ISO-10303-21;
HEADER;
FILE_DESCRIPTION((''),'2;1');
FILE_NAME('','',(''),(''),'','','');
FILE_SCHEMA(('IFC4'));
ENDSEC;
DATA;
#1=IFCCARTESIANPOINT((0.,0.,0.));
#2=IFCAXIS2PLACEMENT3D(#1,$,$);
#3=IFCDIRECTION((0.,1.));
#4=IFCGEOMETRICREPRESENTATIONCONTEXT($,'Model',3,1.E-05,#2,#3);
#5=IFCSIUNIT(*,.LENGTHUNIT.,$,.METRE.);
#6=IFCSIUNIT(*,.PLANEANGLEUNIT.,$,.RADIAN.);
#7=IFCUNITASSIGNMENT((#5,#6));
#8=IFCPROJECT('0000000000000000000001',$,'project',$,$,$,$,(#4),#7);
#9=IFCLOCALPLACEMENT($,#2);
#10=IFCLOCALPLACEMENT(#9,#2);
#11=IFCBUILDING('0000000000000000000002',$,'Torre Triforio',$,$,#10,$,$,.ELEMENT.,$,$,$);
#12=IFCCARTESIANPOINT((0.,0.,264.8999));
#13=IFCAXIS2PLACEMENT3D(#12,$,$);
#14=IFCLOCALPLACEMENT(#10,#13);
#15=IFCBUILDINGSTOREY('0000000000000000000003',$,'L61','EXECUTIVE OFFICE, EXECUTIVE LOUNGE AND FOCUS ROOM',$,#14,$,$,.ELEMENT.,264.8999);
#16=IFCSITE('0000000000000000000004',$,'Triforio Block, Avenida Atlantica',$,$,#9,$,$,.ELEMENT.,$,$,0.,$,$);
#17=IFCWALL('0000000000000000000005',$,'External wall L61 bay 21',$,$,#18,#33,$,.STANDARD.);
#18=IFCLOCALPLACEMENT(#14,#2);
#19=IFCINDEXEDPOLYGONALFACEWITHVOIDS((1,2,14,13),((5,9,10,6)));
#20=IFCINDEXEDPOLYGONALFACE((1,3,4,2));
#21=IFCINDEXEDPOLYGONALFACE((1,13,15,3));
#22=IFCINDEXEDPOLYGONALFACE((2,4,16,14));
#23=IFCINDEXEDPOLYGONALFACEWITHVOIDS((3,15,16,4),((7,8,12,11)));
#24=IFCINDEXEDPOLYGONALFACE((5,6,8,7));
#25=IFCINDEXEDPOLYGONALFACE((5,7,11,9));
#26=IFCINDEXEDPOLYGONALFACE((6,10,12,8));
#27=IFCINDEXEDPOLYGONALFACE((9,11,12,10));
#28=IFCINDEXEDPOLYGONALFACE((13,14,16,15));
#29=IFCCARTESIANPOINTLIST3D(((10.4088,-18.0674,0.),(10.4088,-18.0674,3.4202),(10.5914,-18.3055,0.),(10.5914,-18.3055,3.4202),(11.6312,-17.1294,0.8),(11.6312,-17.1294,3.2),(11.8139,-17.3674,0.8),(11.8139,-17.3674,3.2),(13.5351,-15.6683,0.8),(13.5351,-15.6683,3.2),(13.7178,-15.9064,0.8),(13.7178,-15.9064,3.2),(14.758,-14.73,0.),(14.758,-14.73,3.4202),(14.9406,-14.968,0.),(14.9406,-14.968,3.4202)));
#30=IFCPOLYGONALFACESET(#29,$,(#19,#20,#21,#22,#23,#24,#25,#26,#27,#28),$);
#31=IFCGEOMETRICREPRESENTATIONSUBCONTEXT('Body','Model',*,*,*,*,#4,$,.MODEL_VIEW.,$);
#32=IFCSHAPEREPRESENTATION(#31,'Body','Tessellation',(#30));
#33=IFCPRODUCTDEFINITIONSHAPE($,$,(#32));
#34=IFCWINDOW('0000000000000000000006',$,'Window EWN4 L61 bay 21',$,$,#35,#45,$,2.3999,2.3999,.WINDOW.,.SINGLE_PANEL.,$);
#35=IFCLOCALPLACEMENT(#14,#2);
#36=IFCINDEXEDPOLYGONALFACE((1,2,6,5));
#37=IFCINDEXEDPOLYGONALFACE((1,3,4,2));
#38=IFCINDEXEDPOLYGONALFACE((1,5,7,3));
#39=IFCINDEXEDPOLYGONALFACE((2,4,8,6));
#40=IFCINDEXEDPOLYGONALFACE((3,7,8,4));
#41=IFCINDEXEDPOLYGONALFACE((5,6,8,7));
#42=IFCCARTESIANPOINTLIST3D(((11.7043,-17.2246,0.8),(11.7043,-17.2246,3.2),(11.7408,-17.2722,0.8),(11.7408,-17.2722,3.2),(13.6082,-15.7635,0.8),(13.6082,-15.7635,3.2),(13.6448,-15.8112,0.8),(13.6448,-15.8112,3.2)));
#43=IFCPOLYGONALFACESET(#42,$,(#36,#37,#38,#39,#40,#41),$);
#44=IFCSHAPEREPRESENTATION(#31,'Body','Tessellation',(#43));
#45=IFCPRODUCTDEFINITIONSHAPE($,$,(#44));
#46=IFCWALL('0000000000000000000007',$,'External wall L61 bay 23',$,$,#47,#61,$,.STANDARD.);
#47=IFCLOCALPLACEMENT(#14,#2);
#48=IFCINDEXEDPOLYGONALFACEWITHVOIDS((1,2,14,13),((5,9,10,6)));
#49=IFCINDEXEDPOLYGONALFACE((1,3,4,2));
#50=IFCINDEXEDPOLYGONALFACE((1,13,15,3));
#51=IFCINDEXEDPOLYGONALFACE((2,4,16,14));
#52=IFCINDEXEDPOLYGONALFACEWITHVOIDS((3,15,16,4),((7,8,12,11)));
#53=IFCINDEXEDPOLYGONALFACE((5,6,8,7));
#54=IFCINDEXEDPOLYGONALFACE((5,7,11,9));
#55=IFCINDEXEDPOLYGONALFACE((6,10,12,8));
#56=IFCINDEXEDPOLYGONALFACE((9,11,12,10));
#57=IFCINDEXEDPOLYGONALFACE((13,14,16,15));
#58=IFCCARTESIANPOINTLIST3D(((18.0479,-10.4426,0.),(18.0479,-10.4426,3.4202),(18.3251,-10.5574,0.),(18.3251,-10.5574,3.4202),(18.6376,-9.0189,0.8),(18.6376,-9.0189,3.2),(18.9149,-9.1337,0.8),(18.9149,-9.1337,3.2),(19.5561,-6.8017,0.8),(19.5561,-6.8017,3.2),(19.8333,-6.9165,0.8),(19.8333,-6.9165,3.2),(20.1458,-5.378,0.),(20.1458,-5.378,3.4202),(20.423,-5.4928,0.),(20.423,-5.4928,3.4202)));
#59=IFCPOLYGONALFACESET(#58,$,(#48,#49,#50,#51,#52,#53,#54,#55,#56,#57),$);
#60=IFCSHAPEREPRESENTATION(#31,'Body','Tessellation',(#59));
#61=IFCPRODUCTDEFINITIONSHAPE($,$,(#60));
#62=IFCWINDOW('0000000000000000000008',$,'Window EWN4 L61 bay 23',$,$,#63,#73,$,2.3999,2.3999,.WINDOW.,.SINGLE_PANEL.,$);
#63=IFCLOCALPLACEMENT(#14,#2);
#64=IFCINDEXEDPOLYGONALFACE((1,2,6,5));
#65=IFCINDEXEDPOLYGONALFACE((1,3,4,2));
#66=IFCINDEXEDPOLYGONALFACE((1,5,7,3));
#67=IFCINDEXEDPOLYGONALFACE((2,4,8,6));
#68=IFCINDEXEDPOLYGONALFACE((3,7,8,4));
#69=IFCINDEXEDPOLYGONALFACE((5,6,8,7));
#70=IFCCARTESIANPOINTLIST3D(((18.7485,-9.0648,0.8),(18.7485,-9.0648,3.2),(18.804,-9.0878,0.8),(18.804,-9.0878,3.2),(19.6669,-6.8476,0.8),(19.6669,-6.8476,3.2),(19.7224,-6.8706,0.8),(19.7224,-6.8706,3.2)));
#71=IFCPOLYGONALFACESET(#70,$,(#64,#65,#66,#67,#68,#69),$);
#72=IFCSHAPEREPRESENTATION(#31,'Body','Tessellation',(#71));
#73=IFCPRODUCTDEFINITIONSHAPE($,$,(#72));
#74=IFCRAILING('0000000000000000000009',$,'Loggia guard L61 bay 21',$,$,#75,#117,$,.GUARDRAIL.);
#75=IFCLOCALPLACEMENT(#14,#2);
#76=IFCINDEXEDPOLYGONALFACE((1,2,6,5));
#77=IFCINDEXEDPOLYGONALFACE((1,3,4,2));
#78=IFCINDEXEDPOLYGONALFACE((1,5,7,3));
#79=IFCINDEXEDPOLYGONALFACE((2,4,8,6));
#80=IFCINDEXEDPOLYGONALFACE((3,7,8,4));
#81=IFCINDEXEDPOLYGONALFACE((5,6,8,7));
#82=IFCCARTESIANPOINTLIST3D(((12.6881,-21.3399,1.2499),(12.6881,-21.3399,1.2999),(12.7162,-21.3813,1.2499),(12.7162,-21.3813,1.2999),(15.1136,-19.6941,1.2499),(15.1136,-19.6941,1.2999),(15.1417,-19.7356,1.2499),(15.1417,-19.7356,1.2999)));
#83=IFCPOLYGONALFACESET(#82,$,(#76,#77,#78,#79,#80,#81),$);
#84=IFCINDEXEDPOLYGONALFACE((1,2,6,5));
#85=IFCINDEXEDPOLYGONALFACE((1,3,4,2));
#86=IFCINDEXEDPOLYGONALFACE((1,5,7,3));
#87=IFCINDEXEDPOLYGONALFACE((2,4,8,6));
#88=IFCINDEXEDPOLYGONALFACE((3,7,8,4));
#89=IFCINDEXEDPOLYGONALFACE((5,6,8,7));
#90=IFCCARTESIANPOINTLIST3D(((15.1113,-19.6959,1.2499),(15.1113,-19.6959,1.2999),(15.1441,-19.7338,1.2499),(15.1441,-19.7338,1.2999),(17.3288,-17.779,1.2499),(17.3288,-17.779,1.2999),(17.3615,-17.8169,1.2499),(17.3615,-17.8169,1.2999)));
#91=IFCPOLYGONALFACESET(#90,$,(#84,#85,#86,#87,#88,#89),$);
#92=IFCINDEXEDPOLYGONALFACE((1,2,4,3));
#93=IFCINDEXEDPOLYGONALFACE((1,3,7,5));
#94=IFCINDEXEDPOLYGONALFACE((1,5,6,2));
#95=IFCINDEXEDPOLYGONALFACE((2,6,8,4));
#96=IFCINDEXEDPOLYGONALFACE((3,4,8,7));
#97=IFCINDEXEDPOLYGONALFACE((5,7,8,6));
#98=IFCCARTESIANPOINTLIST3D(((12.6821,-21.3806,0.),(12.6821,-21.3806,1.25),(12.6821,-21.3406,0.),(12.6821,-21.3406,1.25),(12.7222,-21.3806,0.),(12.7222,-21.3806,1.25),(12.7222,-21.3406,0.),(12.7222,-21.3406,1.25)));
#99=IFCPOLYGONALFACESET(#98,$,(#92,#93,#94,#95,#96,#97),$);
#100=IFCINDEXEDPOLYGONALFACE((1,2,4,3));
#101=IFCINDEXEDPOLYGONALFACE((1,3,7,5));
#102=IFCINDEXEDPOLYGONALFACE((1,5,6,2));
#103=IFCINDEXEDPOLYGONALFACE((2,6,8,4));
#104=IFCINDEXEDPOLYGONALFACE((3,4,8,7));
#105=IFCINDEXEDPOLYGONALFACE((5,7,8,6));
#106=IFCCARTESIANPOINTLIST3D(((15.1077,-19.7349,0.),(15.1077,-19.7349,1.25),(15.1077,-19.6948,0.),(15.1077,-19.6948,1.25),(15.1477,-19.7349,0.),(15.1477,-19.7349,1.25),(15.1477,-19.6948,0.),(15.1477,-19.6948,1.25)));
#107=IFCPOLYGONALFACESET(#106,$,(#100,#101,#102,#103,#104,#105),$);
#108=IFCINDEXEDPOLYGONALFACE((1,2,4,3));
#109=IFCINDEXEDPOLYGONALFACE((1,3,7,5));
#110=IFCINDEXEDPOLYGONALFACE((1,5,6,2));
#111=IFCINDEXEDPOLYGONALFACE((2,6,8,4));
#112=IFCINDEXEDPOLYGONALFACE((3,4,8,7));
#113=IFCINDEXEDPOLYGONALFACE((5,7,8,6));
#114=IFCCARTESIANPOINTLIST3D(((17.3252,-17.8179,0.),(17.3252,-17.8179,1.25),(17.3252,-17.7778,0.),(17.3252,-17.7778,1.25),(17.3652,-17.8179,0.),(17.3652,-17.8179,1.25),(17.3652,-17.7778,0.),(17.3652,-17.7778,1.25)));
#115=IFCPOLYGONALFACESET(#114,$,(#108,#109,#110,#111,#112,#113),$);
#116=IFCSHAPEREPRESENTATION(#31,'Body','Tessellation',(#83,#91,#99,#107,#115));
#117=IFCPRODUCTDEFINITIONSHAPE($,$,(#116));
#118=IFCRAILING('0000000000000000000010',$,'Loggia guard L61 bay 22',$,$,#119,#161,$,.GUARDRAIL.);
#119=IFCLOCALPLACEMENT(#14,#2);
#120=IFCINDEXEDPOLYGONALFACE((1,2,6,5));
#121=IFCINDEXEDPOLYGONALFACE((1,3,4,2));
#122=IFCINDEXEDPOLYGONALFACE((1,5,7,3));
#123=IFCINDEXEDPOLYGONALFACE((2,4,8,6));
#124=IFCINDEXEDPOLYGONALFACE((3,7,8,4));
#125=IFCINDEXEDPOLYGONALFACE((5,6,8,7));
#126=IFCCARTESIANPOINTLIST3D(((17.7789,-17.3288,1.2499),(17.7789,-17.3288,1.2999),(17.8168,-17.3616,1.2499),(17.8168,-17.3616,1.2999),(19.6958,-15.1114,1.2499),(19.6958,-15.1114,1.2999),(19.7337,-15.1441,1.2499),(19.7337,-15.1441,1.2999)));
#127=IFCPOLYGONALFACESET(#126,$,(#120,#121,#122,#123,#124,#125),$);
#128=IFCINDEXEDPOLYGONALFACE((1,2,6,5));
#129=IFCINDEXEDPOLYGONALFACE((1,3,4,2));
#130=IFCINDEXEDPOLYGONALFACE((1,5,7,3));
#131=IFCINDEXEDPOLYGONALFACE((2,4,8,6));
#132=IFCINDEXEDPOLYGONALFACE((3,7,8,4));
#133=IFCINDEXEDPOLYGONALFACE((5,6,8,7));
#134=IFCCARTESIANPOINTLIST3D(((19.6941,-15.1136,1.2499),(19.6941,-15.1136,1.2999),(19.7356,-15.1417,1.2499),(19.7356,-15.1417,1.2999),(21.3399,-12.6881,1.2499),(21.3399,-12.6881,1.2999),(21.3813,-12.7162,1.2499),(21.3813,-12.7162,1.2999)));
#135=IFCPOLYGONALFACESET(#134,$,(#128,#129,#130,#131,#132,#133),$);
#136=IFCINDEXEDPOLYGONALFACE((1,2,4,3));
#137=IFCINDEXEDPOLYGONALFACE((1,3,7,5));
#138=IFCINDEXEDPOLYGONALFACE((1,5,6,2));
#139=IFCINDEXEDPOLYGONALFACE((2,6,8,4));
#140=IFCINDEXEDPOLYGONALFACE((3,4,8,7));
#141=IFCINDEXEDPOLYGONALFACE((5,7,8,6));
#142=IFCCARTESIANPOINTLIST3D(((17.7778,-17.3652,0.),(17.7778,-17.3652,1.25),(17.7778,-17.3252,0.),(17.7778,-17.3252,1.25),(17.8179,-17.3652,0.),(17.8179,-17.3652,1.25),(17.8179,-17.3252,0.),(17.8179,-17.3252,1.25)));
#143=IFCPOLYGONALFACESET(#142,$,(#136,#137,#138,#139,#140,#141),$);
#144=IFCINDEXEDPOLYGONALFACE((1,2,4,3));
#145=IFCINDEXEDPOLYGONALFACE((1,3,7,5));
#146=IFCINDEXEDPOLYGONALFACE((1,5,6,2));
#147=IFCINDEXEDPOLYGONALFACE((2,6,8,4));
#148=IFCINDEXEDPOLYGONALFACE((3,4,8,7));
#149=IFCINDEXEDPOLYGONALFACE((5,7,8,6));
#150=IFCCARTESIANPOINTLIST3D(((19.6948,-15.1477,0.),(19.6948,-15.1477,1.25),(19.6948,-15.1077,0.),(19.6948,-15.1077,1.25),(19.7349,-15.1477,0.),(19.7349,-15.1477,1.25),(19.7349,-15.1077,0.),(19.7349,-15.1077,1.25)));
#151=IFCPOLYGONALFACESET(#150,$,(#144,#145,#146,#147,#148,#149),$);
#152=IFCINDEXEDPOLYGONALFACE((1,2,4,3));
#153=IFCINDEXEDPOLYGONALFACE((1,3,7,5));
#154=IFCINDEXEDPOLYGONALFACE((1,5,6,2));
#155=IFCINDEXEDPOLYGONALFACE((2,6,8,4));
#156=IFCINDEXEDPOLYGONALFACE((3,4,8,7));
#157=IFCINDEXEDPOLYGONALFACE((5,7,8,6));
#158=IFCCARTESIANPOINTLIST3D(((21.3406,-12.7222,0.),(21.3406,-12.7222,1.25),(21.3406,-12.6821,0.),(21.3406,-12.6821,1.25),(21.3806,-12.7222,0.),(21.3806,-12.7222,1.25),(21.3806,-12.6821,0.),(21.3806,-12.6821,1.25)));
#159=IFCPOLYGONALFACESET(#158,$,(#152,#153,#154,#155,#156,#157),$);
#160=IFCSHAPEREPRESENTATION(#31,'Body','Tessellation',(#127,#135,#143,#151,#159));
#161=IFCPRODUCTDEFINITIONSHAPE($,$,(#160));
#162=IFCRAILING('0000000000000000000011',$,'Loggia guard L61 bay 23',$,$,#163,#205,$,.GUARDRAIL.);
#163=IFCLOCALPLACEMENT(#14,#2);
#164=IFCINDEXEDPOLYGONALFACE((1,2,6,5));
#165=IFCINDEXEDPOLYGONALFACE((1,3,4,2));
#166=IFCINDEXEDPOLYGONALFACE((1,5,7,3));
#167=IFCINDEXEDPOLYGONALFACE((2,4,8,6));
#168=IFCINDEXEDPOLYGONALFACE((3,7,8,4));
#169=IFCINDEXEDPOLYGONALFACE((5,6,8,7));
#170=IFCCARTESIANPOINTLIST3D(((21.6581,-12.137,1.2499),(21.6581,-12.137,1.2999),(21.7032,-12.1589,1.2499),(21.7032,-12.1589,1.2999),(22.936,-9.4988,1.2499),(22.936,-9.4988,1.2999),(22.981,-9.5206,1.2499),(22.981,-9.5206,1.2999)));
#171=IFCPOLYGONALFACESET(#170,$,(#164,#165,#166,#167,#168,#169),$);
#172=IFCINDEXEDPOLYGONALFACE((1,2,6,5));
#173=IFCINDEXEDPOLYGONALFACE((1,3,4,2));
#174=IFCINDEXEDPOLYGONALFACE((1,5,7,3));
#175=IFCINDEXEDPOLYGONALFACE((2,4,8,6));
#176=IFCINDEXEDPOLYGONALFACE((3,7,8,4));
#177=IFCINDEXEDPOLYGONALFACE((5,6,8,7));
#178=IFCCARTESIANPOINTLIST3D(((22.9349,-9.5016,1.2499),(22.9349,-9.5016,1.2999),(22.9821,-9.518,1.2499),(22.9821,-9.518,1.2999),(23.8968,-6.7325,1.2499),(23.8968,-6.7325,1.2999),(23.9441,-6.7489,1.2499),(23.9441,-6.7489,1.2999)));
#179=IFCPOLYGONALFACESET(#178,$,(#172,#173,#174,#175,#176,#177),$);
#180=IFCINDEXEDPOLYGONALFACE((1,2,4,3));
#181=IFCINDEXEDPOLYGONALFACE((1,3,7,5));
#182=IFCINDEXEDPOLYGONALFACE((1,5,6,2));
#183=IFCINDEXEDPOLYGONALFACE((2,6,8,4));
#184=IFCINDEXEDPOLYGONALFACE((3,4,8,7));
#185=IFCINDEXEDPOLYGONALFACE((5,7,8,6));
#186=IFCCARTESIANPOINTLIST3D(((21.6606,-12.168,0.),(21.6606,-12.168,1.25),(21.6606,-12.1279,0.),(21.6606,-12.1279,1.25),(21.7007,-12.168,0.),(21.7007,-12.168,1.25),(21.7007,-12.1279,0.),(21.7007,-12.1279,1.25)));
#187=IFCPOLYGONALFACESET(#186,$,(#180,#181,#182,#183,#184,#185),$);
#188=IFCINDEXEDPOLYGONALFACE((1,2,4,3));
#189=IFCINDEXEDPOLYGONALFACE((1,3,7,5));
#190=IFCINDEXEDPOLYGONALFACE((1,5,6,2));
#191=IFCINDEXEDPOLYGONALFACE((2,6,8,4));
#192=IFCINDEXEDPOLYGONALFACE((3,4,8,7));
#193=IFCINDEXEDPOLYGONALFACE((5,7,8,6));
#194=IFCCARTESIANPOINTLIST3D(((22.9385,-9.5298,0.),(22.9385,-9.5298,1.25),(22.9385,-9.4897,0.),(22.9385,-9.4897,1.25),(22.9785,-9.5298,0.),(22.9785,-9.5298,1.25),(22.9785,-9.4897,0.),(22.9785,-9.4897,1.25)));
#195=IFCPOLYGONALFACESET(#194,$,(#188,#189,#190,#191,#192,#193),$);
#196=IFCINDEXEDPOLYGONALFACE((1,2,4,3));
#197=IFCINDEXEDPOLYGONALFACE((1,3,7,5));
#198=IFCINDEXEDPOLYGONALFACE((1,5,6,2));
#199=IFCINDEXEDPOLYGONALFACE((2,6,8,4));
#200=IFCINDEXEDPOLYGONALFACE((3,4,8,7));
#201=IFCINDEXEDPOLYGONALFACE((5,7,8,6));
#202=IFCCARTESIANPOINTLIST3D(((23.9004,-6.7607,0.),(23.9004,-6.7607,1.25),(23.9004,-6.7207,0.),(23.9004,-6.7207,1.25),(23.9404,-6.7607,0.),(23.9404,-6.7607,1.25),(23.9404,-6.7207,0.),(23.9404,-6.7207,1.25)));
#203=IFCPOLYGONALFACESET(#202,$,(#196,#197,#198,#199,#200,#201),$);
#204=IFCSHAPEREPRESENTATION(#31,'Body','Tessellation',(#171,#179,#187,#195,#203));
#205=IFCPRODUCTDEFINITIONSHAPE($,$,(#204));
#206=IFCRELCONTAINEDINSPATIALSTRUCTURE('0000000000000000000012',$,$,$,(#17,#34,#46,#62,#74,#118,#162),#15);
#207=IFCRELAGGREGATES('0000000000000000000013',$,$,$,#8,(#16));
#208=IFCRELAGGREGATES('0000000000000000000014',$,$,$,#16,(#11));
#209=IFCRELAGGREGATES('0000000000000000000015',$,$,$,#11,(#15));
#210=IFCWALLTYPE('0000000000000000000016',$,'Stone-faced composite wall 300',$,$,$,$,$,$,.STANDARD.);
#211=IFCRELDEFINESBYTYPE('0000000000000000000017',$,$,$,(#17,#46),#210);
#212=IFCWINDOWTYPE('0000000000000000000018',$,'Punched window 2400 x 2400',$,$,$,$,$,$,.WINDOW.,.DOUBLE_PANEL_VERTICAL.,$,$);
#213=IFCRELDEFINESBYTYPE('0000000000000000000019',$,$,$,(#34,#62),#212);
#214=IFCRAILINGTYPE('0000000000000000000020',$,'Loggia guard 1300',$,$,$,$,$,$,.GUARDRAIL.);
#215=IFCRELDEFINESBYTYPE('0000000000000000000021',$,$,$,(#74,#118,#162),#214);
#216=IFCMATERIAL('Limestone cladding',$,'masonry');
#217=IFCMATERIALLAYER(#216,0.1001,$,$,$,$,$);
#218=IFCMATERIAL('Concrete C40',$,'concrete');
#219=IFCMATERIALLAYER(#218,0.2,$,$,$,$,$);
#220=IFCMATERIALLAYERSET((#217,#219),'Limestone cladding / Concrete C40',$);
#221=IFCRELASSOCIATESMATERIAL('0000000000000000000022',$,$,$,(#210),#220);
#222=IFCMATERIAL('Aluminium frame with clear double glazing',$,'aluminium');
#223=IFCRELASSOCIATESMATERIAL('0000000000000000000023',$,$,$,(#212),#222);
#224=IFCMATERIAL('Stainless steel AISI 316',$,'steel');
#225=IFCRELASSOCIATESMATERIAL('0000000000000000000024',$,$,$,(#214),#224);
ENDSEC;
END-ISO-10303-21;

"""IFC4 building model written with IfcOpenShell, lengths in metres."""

from ifc_helpers import new_model, si_unit, direction, frame, frame_2d, origin, origin_2d, place, context, subcontext, project, spatial, rectangle, extrude, material, layer, layer_set, type_object, element, fill, save


model = new_model("IFC4")

# Units and contexts
model_context = context("Model", 3, precision=1e-05, world=origin(), true_north=direction((0.0, 1.0)))
body_context = subcontext(model_context, "Body", "Model", "MODEL_VIEW")
ifc_project = project(units=[si_unit("LENGTHUNIT", "METRE"), si_unit("PLANEANGLEUNIT", "RADIAN")], contexts=[model_context])

# Site, building, storey
site_placement = place(None, origin())
site = spatial("IfcSite", under=ifc_project, at=site_placement, Name="Triforio Block, Avenida Atlantica", CompositionType="ELEMENT", RefElevation=0.0)
building_placement = place(site_placement, origin())
building = spatial("IfcBuilding", under=site, at=building_placement, Name="Torre Triforio", CompositionType="ELEMENT")
storey_placement = place(building_placement, frame((0.0, 0.0, 264.8999)))
storey = spatial("IfcBuildingStorey", under=building, at=storey_placement, Name="L61", Description="EXECUTIVE OFFICE, EXECUTIVE LOUNGE AND FOCUS ROOM", CompositionType="ELEMENT", Elevation=264.8999)

# Shared definitions
ifc_material_1 = material(Name="Concrete C40", Category="concrete")

# Shared definitions
ifc_material_2 = material(Name="Limestone cladding", Category="masonry")

# Wall, opening, window
ifc_layer_1 = layer(ifc_material_2, 0.1001)
ifc_layer_2 = layer(ifc_material_1, 0.2)
ifc_layer_set_1 = layer_set([ifc_layer_1, ifc_layer_2], Name="Limestone cladding / Concrete C40")
wall_type_1 = type_object("IfcWallType", Name="Stone-faced composite wall 300", PredefinedType="STANDARD", material=ifc_layer_set_1)
wall_1_placement = place(storey_placement, frame((10.5, -18.1865, 0.0), z_axis=(0.0, 0.0, 1.0), x_axis=(0.793335, 0.608785, 0.0)))
wall_1 = element("IfcWall", 1, at=wall_1_placement, inside=storey, type_object=wall_type_1, Name="External wall L61 bay 21", PredefinedType="STANDARD", context=body_context, shape_type="SweptSolid", body=[
    extrude(rectangle(XDim=5.4822, YDim=0.3, at=frame_2d((2.7412, 0.0))), origin(), (0.0, 0.0, 1.0), 3.4202),
])
opening_1_placement = place(wall_1_placement, frame((1.541, 0.0, 0.8)))
opening_1 = element("IfcOpeningElement", 2, at=opening_1_placement, cuts=wall_1, PredefinedType="OPENING", context=body_context, shape_type="SweptSolid", body=[
    extrude(rectangle(XDim=2.3999, YDim=2.3999, at=frame_2d((1.2, 1.2))), frame((0.0, 0.1599, 0.0), z_axis=(0.0, -1.0, 0.0), x_axis=(1.0, 0.0, 0.0)), (0.0, 0.0, 1.0), 0.3201),
])
ifc_material_3 = material(Name="Aluminium frame with clear double glazing", Category="aluminium")
window_type_1 = type_object("IfcWindowType", Name="Punched window 2400 x 2400", PartitioningType="DOUBLE_PANEL_VERTICAL", PredefinedType="WINDOW", material=ifc_material_3)
window_1_placement = place(opening_1_placement, origin())
window_1 = element("IfcWindow", 3, at=window_1_placement, inside=storey, type_object=window_type_1, Name="Window EWN4 L61 bay 21", OverallHeight=2.3999, OverallWidth=2.3999, PartitioningType="SINGLE_PANEL", PredefinedType="WINDOW", context=body_context, shape_type="SweptSolid", body=[
    extrude(rectangle(XDim=2.3999, YDim=2.3999, at=frame_2d((1.2, 1.2))), frame((0.0, 0.03, 0.0), z_axis=(0.0, -1.0, 0.0), x_axis=(1.0, 0.0, 0.0)), (0.0, 0.0, 1.0), 0.0601),
])
fill(opening_1, window_1)

# Wall, opening, window
wall_2_placement = place(storey_placement, frame((18.1865, -10.5, 0.0), z_axis=(0.0, 0.0, 1.0), x_axis=(0.382689, 0.923877, 0.0)))
wall_2 = element("IfcWall", 4, at=wall_2_placement, inside=storey, type_object=wall_type_1, Name="External wall L61 bay 23", PredefinedType="STANDARD", context=body_context, shape_type="SweptSolid", body=[
    extrude(rectangle(XDim=5.4819, YDim=0.3, at=frame_2d((2.741, 0.0))), origin(), (0.0, 0.0, 1.0), 3.4202),
])
opening_2_placement = place(wall_2_placement, frame((1.541, 0.0, 0.8)))
opening_2 = element("IfcOpeningElement", 5, at=opening_2_placement, cuts=wall_2, PredefinedType="OPENING", context=body_context, shape_type="SweptSolid", body=[
    extrude(rectangle(XDim=2.3999, YDim=2.3999, at=frame_2d((1.2, 1.2))), frame((0.0, 0.1599, 0.0), z_axis=(0.0, -1.0, 0.0), x_axis=(1.0, 0.0, 0.0)), (0.0, 0.0, 1.0), 0.3201),
])
window_2_placement = place(opening_2_placement, origin())
window_2 = element("IfcWindow", 6, at=window_2_placement, inside=storey, type_object=window_type_1, Name="Window EWN4 L61 bay 23", OverallHeight=2.3999, OverallWidth=2.3999, PartitioningType="SINGLE_PANEL", PredefinedType="WINDOW", context=body_context, shape_type="SweptSolid", body=[
    extrude(rectangle(XDim=2.3999, YDim=2.3999, at=frame_2d((1.2, 1.2))), frame((0.0, 0.03, 0.0), z_axis=(0.0, -1.0, 0.0), x_axis=(1.0, 0.0, 0.0)), (0.0, 0.0, 1.0), 0.0601),
])
fill(opening_2, window_2)

# Railings
ifc_material_4 = material(Name="Stainless steel AISI 316", Category="steel")
railing_type = type_object("IfcRailingType", Name="Loggia guard 1300", PredefinedType="GUARDRAIL", material=ifc_material_4)
railing_1_placement = place(storey_placement, frame((12.7021, -21.3606, 0.0)))
element("IfcRailing", 7, at=railing_1_placement, inside=storey, type_object=railing_type, Name="Loggia guard L61 bay 21", PredefinedType="GUARDRAIL", context=body_context, shape_type="SweptSolid", body=[
    extrude(rectangle(XDim=0.05, YDim=0.05, at=origin_2d()), frame((0.0, 0.0, 1.2749), z_axis=(0.827499, 0.561467, 0.0), x_axis=(-0.561467, 0.827499, 0.0)), (0.0, 0.0, 1.0), 2.9312),
    extrude(rectangle(XDim=0.05, YDim=0.05, at=origin_2d()), frame((2.4255, 1.6458, 1.2749), z_axis=(0.75651, 0.653982, 0.0), x_axis=(-0.653982, 0.75651, 0.0)), (0.0, 0.0, 1.0), 2.9312),
    extrude(rectangle(XDim=0.04, YDim=0.04, at=origin_2d()), origin(), (0.0, 0.0, 1.0), 1.25),
    extrude(rectangle(XDim=0.04, YDim=0.04, at=origin_2d()), frame((2.4255, 1.6458, 0.0)), (0.0, 0.0, 1.0), 1.25),
    extrude(rectangle(XDim=0.04, YDim=0.04, at=origin_2d()), frame((4.6431, 3.5627, 0.0)), (0.0, 0.0, 1.0), 1.25),
])
railing_2_placement = place(storey_placement, frame((17.7979, -17.3452, 0.0)))
element("IfcRailing", 8, at=railing_2_placement, inside=storey, type_object=railing_type, Name="Loggia guard L61 bay 22", PredefinedType="GUARDRAIL", context=body_context, shape_type="SweptSolid", body=[
    extrude(rectangle(XDim=0.05, YDim=0.05, at=origin_2d()), frame((0.0, 0.0, 1.2749), z_axis=(0.653982, 0.75651, 0.0), x_axis=(-0.75651, 0.653982, 0.0)), (0.0, 0.0, 1.0), 2.9312),
    extrude(rectangle(XDim=0.05, YDim=0.05, at=origin_2d()), frame((1.917, 2.2175, 1.2749), z_axis=(0.561467, 0.827499, 0.0), x_axis=(-0.827499, 0.561467, 0.0)), (0.0, 0.0, 1.0), 2.9312),
    extrude(rectangle(XDim=0.04, YDim=0.04, at=origin_2d()), origin(), (0.0, 0.0, 1.0), 1.25),
    extrude(rectangle(XDim=0.04, YDim=0.04, at=origin_2d()), frame((1.917, 2.2175, 0.0)), (0.0, 0.0, 1.0), 1.25),
    extrude(rectangle(XDim=0.04, YDim=0.04, at=origin_2d()), frame((3.5627, 4.6431, 0.0)), (0.0, 0.0, 1.0), 1.25),
])
railing_3_placement = place(storey_placement, frame((21.6807, -12.1479, 0.0)))
element("IfcRailing", 9, at=railing_3_placement, inside=storey, type_object=railing_type, Name="Loggia guard L61 bay 23", PredefinedType="GUARDRAIL", context=body_context, shape_type="SweptSolid", body=[
    extrude(rectangle(XDim=0.05, YDim=0.05, at=origin_2d()), frame((0.0, 0.0, 1.2749), z_axis=(0.435918, 0.899986, 0.0), x_axis=(-0.899986, 0.435918, 0.0)), (0.0, 0.0, 1.0), 2.9314),
    extrude(rectangle(XDim=0.05, YDim=0.05, at=origin_2d()), frame((1.2778, 2.6382, 1.2749), z_axis=(0.328146, 0.944627, 0.0), x_axis=(-0.944627, 0.328146, 0.0)), (0.0, 0.0, 1.0), 2.9314),
    extrude(rectangle(XDim=0.04, YDim=0.04, at=origin_2d()), origin(), (0.0, 0.0, 1.0), 1.25),
    extrude(rectangle(XDim=0.04, YDim=0.04, at=origin_2d()), frame((1.2778, 2.6382, 0.0)), (0.0, 0.0, 1.0), 1.25),
    extrude(rectangle(XDim=0.04, YDim=0.04, at=origin_2d()), frame((2.2397, 5.4072, 0.0)), (0.0, 0.0, 1.0), 1.25),
])

save(model, "model.ifc")
